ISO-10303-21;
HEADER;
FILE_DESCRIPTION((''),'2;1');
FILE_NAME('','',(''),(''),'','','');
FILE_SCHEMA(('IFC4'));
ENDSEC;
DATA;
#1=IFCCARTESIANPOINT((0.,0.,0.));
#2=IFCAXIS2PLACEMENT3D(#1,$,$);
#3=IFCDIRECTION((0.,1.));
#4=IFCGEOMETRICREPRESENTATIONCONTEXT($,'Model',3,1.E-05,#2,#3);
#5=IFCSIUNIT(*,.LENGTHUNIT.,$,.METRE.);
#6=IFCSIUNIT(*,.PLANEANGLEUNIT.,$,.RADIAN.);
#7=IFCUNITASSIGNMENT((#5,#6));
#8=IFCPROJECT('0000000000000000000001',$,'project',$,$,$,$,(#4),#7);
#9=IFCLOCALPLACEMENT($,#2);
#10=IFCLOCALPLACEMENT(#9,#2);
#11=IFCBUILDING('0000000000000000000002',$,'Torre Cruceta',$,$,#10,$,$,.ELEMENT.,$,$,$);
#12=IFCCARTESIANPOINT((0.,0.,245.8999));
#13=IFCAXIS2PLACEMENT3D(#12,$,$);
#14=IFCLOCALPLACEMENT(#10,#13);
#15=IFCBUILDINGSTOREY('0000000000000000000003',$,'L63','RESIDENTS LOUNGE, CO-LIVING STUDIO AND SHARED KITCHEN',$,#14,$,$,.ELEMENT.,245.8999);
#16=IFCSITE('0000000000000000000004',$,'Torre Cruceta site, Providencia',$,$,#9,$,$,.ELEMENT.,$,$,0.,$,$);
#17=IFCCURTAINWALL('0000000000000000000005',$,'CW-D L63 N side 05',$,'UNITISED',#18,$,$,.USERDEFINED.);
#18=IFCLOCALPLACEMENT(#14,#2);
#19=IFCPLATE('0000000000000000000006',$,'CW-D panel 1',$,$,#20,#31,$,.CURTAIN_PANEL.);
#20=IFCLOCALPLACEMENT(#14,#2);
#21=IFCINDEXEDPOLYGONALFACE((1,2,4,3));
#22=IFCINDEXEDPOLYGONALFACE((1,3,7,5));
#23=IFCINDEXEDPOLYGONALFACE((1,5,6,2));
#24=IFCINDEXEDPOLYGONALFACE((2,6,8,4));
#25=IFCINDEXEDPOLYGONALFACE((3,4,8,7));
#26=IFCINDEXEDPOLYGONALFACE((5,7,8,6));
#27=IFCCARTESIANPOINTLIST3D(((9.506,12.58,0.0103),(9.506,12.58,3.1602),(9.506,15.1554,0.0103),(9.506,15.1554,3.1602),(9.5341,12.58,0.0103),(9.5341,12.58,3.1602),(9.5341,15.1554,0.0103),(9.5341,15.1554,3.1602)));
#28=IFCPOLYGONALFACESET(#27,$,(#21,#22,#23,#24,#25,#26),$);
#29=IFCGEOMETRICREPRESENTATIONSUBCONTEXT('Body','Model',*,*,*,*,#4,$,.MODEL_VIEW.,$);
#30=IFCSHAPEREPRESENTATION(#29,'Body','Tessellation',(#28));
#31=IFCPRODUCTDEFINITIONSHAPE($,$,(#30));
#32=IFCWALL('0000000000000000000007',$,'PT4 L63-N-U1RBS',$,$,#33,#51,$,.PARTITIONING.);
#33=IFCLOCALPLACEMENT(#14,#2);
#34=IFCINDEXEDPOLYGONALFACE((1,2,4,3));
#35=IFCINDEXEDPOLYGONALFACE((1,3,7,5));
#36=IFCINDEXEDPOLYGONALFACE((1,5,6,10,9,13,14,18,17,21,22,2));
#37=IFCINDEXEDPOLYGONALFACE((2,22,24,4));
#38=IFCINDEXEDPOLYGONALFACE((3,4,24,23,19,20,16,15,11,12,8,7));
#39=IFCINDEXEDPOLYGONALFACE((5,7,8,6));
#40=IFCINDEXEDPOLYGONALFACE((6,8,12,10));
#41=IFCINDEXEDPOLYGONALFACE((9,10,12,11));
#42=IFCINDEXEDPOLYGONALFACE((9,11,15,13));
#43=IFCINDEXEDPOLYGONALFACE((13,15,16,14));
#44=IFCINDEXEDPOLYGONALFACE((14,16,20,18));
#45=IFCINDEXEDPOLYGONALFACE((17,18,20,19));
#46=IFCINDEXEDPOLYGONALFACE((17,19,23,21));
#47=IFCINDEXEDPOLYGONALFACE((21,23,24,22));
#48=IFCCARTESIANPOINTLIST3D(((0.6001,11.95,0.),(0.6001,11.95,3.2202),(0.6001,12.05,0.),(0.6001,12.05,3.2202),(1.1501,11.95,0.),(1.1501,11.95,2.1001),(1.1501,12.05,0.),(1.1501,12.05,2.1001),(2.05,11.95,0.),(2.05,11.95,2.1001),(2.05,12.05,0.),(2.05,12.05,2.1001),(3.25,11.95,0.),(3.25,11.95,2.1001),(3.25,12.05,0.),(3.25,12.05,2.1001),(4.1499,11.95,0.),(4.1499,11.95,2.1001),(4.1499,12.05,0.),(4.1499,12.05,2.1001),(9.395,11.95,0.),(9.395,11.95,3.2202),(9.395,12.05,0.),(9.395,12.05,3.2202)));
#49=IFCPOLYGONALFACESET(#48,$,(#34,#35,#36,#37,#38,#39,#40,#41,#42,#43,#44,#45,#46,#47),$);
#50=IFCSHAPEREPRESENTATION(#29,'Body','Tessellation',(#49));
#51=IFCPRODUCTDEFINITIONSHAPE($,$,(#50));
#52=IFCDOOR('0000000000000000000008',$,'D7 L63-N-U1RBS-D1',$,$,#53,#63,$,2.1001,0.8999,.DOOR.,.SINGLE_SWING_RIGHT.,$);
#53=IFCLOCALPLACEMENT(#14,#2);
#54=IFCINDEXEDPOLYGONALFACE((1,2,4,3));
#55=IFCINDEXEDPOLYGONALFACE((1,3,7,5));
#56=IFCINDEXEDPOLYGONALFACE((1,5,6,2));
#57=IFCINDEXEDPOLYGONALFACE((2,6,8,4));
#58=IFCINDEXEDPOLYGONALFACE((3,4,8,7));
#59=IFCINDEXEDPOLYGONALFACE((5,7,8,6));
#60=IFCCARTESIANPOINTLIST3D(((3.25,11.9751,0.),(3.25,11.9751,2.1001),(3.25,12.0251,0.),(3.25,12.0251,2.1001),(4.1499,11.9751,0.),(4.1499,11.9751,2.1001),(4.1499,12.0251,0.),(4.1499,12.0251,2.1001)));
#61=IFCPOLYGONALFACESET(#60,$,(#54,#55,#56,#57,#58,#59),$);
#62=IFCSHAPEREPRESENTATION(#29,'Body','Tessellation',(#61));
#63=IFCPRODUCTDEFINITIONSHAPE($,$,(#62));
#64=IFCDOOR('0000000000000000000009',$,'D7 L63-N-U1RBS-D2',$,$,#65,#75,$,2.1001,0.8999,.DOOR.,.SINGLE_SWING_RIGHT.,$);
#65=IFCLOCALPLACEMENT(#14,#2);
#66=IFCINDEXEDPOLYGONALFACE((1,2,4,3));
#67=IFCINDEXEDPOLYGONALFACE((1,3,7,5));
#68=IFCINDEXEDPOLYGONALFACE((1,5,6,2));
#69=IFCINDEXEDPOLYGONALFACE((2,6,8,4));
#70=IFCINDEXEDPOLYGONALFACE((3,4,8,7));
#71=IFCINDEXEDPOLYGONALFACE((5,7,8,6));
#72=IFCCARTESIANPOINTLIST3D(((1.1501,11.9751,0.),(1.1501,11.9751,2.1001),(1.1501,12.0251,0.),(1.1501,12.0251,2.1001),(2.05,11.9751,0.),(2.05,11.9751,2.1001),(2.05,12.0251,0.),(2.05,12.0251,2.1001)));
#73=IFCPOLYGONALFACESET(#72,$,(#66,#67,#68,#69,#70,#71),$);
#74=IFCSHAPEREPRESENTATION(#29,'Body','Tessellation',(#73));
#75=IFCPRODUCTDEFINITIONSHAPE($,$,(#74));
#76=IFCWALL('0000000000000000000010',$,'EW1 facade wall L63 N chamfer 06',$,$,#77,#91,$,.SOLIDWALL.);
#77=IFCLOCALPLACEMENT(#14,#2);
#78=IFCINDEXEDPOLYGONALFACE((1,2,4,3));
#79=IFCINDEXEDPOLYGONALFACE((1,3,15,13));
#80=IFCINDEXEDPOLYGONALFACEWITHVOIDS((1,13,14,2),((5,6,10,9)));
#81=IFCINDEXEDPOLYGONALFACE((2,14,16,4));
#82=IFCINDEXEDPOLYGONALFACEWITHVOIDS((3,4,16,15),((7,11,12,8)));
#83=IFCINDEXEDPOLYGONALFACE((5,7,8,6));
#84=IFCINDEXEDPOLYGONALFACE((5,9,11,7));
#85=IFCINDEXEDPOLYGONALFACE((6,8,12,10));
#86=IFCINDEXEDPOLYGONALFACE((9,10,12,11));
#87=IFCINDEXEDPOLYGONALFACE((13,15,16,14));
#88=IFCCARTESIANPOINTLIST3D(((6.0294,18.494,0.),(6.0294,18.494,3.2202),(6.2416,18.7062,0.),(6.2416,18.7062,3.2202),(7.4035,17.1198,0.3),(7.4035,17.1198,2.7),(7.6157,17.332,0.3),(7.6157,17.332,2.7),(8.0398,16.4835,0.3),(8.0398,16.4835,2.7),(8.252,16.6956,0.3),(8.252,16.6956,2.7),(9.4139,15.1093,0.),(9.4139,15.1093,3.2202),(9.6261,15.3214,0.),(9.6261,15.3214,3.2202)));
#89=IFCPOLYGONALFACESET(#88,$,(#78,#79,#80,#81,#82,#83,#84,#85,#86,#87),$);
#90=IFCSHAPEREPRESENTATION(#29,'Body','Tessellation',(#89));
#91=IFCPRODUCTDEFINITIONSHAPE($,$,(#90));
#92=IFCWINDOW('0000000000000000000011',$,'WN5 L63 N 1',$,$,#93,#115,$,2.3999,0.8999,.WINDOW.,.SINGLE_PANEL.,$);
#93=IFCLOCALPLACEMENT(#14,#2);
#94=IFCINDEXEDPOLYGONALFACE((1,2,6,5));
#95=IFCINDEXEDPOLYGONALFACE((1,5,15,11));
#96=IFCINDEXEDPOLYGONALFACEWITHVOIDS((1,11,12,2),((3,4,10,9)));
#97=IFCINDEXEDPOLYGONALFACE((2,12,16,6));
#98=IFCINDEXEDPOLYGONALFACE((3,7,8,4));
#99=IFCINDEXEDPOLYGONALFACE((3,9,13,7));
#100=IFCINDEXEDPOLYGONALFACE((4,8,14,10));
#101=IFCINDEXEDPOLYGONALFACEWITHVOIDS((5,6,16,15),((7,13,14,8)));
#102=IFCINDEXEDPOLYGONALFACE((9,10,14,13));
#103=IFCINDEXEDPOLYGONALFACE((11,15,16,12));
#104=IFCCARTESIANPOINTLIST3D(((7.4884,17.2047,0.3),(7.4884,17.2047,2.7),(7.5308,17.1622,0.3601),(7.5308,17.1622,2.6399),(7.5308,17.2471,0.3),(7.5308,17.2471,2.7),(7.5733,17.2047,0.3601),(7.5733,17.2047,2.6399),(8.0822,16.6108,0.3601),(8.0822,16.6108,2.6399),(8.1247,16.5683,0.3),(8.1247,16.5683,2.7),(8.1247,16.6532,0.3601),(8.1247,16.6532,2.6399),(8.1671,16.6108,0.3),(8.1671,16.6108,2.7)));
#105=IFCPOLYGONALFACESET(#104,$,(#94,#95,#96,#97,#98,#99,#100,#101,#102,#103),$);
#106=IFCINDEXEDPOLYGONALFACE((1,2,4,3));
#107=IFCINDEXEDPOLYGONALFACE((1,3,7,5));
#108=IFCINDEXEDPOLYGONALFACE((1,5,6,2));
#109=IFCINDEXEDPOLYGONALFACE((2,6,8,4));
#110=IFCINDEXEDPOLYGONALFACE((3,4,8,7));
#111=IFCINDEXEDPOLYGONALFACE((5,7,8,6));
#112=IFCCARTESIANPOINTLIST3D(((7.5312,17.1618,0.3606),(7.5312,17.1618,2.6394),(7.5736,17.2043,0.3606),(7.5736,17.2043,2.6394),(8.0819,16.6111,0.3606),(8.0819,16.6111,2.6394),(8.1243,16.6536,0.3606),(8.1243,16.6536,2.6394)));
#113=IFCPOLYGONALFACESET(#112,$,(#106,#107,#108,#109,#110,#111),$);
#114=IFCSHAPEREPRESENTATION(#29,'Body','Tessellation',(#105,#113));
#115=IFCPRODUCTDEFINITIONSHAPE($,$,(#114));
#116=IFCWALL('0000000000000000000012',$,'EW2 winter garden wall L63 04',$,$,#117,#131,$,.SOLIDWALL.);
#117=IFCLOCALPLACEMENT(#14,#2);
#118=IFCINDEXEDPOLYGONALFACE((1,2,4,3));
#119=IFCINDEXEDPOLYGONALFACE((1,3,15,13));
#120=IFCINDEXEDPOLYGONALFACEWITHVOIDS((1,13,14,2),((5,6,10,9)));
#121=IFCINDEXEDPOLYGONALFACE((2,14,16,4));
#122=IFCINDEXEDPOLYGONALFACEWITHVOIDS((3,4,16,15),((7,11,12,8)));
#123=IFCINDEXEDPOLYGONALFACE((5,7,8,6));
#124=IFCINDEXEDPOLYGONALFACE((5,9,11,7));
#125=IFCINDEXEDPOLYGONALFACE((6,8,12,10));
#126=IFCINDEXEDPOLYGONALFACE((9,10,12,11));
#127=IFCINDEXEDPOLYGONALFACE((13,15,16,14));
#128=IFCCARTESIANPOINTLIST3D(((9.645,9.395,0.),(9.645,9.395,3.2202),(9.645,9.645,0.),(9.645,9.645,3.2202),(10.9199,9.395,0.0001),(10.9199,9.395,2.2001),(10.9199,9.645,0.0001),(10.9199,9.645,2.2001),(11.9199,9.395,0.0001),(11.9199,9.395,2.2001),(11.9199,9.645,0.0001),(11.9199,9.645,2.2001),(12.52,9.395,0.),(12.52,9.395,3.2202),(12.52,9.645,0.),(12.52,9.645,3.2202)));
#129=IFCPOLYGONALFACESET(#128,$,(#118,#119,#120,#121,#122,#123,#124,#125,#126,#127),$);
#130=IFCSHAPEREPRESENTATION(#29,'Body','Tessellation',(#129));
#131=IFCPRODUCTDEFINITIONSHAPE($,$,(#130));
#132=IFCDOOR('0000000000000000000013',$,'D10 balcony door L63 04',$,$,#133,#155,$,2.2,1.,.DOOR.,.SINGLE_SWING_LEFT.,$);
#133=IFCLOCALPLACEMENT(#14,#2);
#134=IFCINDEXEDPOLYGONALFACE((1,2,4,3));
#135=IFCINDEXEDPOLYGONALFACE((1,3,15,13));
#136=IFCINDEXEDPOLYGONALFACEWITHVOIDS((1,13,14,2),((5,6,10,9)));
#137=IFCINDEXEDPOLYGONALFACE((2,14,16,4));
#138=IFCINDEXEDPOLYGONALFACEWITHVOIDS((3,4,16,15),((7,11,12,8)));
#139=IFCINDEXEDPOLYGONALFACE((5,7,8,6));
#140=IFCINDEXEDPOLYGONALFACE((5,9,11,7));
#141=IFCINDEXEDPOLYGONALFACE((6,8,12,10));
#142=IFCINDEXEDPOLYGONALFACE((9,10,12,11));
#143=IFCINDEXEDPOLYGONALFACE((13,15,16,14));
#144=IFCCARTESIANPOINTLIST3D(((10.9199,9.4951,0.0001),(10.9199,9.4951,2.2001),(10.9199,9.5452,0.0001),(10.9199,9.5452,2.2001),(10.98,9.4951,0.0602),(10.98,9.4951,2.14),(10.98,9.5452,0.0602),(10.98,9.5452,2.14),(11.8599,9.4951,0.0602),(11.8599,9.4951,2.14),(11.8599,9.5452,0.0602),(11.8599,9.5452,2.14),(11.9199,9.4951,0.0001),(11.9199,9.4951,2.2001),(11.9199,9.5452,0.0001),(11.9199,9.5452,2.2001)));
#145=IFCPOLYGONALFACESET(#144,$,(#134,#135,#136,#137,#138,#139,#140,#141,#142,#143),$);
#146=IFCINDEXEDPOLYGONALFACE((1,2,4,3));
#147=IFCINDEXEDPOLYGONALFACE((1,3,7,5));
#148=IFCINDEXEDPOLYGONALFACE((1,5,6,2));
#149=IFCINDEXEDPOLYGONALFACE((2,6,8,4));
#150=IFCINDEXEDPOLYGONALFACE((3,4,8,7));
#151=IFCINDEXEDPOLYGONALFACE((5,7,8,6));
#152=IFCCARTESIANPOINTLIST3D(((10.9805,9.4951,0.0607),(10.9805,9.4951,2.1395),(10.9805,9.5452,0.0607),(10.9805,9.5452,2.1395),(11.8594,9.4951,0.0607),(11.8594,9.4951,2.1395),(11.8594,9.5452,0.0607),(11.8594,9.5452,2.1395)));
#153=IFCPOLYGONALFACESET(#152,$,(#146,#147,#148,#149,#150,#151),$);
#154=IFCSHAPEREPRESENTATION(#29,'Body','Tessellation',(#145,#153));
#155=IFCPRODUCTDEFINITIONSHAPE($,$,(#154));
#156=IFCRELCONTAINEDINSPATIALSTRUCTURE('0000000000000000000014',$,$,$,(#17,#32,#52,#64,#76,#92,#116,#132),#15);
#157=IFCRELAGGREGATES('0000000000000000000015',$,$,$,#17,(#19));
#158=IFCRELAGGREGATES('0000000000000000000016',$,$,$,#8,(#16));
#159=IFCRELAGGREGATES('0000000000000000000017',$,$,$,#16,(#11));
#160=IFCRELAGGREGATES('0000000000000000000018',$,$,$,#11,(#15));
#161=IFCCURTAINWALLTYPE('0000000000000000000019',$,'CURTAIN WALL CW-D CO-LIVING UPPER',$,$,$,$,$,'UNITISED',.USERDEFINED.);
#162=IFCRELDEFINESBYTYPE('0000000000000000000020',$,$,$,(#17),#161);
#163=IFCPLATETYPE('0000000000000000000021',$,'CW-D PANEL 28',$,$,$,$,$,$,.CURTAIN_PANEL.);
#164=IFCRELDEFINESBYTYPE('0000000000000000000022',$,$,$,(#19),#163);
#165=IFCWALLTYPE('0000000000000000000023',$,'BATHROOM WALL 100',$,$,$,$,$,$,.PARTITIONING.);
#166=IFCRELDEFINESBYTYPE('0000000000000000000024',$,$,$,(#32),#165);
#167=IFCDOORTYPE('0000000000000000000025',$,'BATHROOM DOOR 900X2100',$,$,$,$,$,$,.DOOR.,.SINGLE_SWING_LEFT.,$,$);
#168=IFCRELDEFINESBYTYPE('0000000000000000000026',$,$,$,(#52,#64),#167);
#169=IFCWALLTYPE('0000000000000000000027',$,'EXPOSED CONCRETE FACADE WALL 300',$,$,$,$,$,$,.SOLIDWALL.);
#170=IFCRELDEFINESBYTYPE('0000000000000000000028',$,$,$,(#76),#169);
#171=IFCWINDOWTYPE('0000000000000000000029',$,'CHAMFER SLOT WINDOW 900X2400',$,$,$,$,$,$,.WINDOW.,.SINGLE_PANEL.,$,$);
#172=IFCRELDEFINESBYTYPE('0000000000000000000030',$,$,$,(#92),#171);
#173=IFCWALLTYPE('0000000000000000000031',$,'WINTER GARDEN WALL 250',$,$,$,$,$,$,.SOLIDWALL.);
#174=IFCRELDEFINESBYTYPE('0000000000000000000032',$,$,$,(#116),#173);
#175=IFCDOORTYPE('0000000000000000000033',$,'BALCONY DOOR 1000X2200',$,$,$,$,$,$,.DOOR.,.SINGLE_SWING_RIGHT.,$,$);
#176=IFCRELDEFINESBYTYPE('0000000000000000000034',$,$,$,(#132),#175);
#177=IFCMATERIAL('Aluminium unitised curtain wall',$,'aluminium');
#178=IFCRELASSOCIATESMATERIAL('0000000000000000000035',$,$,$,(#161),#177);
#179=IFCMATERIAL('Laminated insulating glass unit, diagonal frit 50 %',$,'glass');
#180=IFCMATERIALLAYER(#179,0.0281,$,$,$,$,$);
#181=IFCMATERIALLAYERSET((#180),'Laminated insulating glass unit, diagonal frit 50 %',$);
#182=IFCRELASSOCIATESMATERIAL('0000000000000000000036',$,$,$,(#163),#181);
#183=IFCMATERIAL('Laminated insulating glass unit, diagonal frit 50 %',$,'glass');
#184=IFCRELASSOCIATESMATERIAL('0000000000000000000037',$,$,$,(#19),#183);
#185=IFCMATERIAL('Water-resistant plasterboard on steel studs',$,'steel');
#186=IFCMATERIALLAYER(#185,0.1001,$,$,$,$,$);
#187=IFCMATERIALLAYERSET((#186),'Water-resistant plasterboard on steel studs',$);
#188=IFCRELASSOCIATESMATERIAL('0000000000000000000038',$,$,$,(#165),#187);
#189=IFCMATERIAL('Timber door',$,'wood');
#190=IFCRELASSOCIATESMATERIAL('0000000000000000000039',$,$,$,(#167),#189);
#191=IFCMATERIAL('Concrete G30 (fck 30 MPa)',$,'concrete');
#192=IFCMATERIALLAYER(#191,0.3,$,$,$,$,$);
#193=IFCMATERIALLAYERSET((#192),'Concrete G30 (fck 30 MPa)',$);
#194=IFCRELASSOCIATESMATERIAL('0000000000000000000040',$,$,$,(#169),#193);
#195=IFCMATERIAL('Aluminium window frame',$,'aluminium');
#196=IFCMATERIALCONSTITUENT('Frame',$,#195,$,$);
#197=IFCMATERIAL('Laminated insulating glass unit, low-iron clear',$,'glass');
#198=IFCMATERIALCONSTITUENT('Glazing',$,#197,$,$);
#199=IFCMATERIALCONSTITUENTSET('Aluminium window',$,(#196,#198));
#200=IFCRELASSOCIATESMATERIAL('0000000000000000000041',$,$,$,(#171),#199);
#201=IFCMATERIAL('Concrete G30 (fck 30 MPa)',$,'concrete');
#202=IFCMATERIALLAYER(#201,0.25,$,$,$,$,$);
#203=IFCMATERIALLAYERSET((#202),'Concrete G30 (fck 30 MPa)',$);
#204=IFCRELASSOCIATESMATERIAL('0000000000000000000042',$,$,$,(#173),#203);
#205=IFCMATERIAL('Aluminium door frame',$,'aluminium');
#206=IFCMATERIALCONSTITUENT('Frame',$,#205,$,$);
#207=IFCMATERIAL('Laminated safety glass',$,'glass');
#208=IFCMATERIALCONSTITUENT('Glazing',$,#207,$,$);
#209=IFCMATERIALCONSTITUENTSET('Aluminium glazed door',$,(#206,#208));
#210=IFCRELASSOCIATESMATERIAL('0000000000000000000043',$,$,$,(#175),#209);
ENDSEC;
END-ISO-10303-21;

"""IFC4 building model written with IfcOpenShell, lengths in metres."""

from ifc_helpers import new_model, si_unit, direction, frame, frame_2d, origin, origin_2d, place, context, subcontext, project, spatial, rectangle, hollow_rectangle, extrude, material, layer, layer_set, constituent, constituent_set, type_object, element, fill, aggregate, save


model = new_model("IFC4")

# Units and contexts
model_context = context("Model", 3, precision=1e-05, world=origin(), true_north=direction((0.0, 1.0)))
body_context = subcontext(model_context, "Body", "Model", "MODEL_VIEW")
ifc_project = project(units=[si_unit("LENGTHUNIT", "METRE"), si_unit("PLANEANGLEUNIT", "RADIAN")], contexts=[model_context])

# Site, building, storey
site_placement = place(None, origin())
site = spatial("IfcSite", under=ifc_project, at=site_placement, Name="Torre Cruceta site, Providencia", CompositionType="ELEMENT", RefElevation=0.0)
building_placement = place(site_placement, origin())
building = spatial("IfcBuilding", under=site, at=building_placement, Name="Torre Cruceta", CompositionType="ELEMENT")
storey_placement = place(building_placement, frame((0.0, 0.0, 245.8999)))
storey = spatial("IfcBuildingStorey", under=building, at=storey_placement, Name="L63", Description="RESIDENTS LOUNGE, CO-LIVING STUDIO AND SHARED KITCHEN", CompositionType="ELEMENT", Elevation=245.8999)

# Curtain wall
ifc_material_1 = material(Name="Aluminium unitised curtain wall", Category="aluminium")
curtain_wall_type = type_object("IfcCurtainWallType", Name="CURTAIN WALL CW-D CO-LIVING UPPER", ElementType="UNITISED", PredefinedType="USERDEFINED", material=ifc_material_1)
curtain_wall_1_placement = place(storey_placement, origin())
curtain_wall_1 = element("IfcCurtainWall", 1, at=curtain_wall_1_placement, inside=storey, type_object=curtain_wall_type, Name="CW-D L63 N side 05", ObjectType="UNITISED", PredefinedType="USERDEFINED")

# Plate
ifc_material_2 = material(Name="Laminated insulating glass unit, diagonal frit 50 %", Category="glass")
ifc_material_3 = material(Name="Laminated insulating glass unit, diagonal frit 50 %", Category="glass")
ifc_layer_1 = layer(ifc_material_3, 0.0281)
ifc_layer_set_1 = layer_set([ifc_layer_1], Name="Laminated insulating glass unit, diagonal frit 50 %")
plate_type = type_object("IfcPlateType", Name="CW-D PANEL 28", PredefinedType="CURTAIN_PANEL", material=ifc_layer_set_1)
plate_1_placement = place(storey_placement, frame((9.52, 13.8677, 0.0103), z_axis=(0.0, 0.0, 1.0), x_axis=(0.0, 1.0, 0.0)))
plate_1 = element("IfcPlate", 2, at=plate_1_placement, type_object=plate_type, material=ifc_material_2, Name="CW-D panel 1", PredefinedType="CURTAIN_PANEL", context=body_context, shape_type="SweptSolid", body=[
    extrude(rectangle(XDim=2.5754, YDim=0.0281, at=origin_2d()), origin(), (0.0, 0.0, 1.0), 3.1499),
])
aggregate(curtain_wall_1, [plate_1])

# Wall, openings, doors
ifc_material_4 = material(Name="Water-resistant plasterboard on steel studs", Category="steel")
ifc_layer_2 = layer(ifc_material_4, 0.1001)
ifc_layer_set_2 = layer_set([ifc_layer_2], Name="Water-resistant plasterboard on steel studs")
wall_type_1 = type_object("IfcWallType", Name="BATHROOM WALL 100", PredefinedType="PARTITIONING", material=ifc_layer_set_2)
wall_1_placement = place(storey_placement, frame((9.395, 12.0, 0.0), z_axis=(0.0, 0.0, 1.0), x_axis=(-1.0, 0.0, 0.0)))
wall_1 = element("IfcWall", 3, at=wall_1_placement, inside=storey, type_object=wall_type_1, Name="PT4 L63-N-U1RBS", PredefinedType="PARTITIONING", context=body_context, shape_type="SweptSolid", body=[
    extrude(rectangle(XDim=8.7949, YDim=0.1001, at=frame_2d((4.3975, 0.0))), origin(), (0.0, 0.0, 1.0), 3.2202),
])
opening_1_placement = place(wall_1_placement, frame((5.2451, 0.0, 0.0)))
opening_1 = element("IfcOpeningElement", 4, at=opening_1_placement, cuts=wall_1, PredefinedType="OPENING", context=body_context, shape_type="SweptSolid", body=[
    extrude(rectangle(XDim=0.8999, YDim=2.1001, at=frame_2d((0.45, 1.05))), frame((0.0, 0.0601, 0.0), z_axis=(0.0, -1.0, 0.0), x_axis=(1.0, 0.0, 0.0)), (0.0, 0.0, 1.0), 0.1201),
])
opening_2_placement = place(wall_1_placement, frame((7.345, 0.0, 0.0)))
opening_2 = element("IfcOpeningElement", 5, at=opening_2_placement, cuts=wall_1, PredefinedType="OPENING", context=body_context, shape_type="SweptSolid", body=[
    extrude(rectangle(XDim=0.8999, YDim=2.1001, at=frame_2d((0.45, 1.05))), frame((0.0, 0.0601, 0.0), z_axis=(0.0, -1.0, 0.0), x_axis=(1.0, 0.0, 0.0)), (0.0, 0.0, 1.0), 0.1201),
])
ifc_material_5 = material(Name="Timber door", Category="wood")
door_type_1 = type_object("IfcDoorType", Name="BATHROOM DOOR 900X2100", OperationType="SINGLE_SWING_LEFT", PredefinedType="DOOR", material=ifc_material_5)
door_1_placement = place(opening_1_placement, origin())
door_1 = element("IfcDoor", 6, at=door_1_placement, inside=storey, type_object=door_type_1, Name="D7 L63-N-U1RBS-D1", OperationType="SINGLE_SWING_RIGHT", OverallHeight=2.1001, OverallWidth=0.8999, PredefinedType="DOOR", context=body_context, shape_type="SweptSolid", body=[
    extrude(rectangle(XDim=0.8999, YDim=2.1001, at=frame_2d((0.45, 1.05))), frame((0.0, 0.0249, 0.0), z_axis=(0.0, -1.0, 0.0), x_axis=(1.0, 0.0, 0.0)), (0.0, 0.0, 1.0), 0.05),
])
fill(opening_1, door_1)
door_2_placement = place(opening_2_placement, origin())
door_2 = element("IfcDoor", 7, at=door_2_placement, inside=storey, type_object=door_type_1, Name="D7 L63-N-U1RBS-D2", OperationType="SINGLE_SWING_RIGHT", OverallHeight=2.1001, OverallWidth=0.8999, PredefinedType="DOOR", context=body_context, shape_type="SweptSolid", body=[
    extrude(rectangle(XDim=0.8999, YDim=2.1001, at=frame_2d((0.45, 1.05))), frame((0.0, 0.0249, 0.0), z_axis=(0.0, -1.0, 0.0), x_axis=(1.0, 0.0, 0.0)), (0.0, 0.0, 1.0), 0.05),
])
fill(opening_2, door_2)

# Wall, opening, window
ifc_material_6 = material(Name="Concrete G30 (fck 30 MPa)", Category="concrete")
ifc_layer_3 = layer(ifc_material_6, 0.3)
ifc_layer_set_3 = layer_set([ifc_layer_3], Name="Concrete G30 (fck 30 MPa)")
wall_type_2 = type_object("IfcWallType", Name="EXPOSED CONCRETE FACADE WALL 300", PredefinedType="SOLIDWALL", material=ifc_layer_set_3)
wall_2_placement = place(storey_placement, frame((9.52, 15.2153, 0.0), z_axis=(0.0, 0.0, 1.0), x_axis=(-0.707081, 0.707132, 0.0)))
wall_2 = element("IfcWall", 8, at=wall_2_placement, inside=storey, type_object=wall_type_2, Name="EW1 facade wall L63 N chamfer 06", PredefinedType="SOLIDWALL", context=body_context, shape_type="SweptSolid", body=[
    extrude(rectangle(XDim=4.7866, YDim=0.3, at=frame_2d((2.3933, 0.0))), origin(), (0.0, 0.0, 1.0), 3.2202),
])
opening_3_placement = place(wall_2_placement, frame((1.9434, 0.0, 0.3)))
opening_3 = element("IfcOpeningElement", 9, at=opening_3_placement, cuts=wall_2, PredefinedType="OPENING", context=body_context, shape_type="SweptSolid", body=[
    extrude(rectangle(XDim=0.8999, YDim=2.3999, at=frame_2d((0.45, 1.2))), frame((0.0, 0.1599, 0.0), z_axis=(0.0, -1.0, 0.0), x_axis=(1.0, 0.0, 0.0)), (0.0, 0.0, 1.0), 0.3201),
])
ifc_material_7 = material(Name="Aluminium window frame", Category="aluminium")
ifc_constituent_1 = constituent(ifc_material_7, Name="Frame")
ifc_material_8 = material(Name="Laminated insulating glass unit, low-iron clear", Category="glass")
ifc_constituent_2 = constituent(ifc_material_8, Name="Glazing")
ifc_constituent_set_1 = constituent_set(constituents=[ifc_constituent_1, ifc_constituent_2], Name="Aluminium window")
window_type = type_object("IfcWindowType", Name="CHAMFER SLOT WINDOW 900X2400", PartitioningType="SINGLE_PANEL", PredefinedType="WINDOW", material=ifc_constituent_set_1)
window_placement = place(opening_3_placement, origin())
window = element("IfcWindow", 10, at=window_placement, inside=storey, type_object=window_type, Name="WN5 L63 N 1", OverallHeight=2.3999, OverallWidth=0.8999, PartitioningType="SINGLE_PANEL", PredefinedType="WINDOW", context=body_context, shape_type="SweptSolid", body=[
    extrude(hollow_rectangle(XDim=0.8999, YDim=2.3999, WallThickness=0.0601, at=frame_2d((0.45, 1.2))), frame((0.0, 0.03, 0.0), z_axis=(0.0, -1.0, 0.0), x_axis=(1.0, 0.0, 0.0)), (0.0, 0.0, 1.0), 0.0601),
    extrude(rectangle(XDim=0.7788, YDim=2.2788, at=frame_2d((0.45, 1.2))), frame((0.0, 0.03, 0.0), z_axis=(0.0, -1.0, 0.0), x_axis=(1.0, 0.0, 0.0)), (0.0, 0.0, 1.0), 0.0601),
])
fill(opening_3, window)

# Wall, opening, door
ifc_material_9 = material(Name="Concrete G30 (fck 30 MPa)", Category="concrete")
ifc_layer_4 = layer(ifc_material_9, 0.25)
ifc_layer_set_4 = layer_set([ifc_layer_4], Name="Concrete G30 (fck 30 MPa)")
wall_type_3 = type_object("IfcWallType", Name="WINTER GARDEN WALL 250", PredefinedType="SOLIDWALL", material=ifc_layer_set_4)
wall_3_placement = place(storey_placement, frame((12.52, 9.52, 0.0), z_axis=(0.0, 0.0, 1.0), x_axis=(-1.0, 0.0, 0.0)))
wall_3 = element("IfcWall", 11, at=wall_3_placement, inside=storey, type_object=wall_type_3, Name="EW2 winter garden wall L63 04", PredefinedType="SOLIDWALL", context=body_context, shape_type="SweptSolid", body=[
    extrude(rectangle(XDim=2.875, YDim=0.25, at=frame_2d((1.4375, 0.0))), origin(), (0.0, 0.0, 1.0), 3.2202),
])
opening_4_placement = place(wall_3_placement, frame((0.6001, 0.0, 0.0)))
opening_4 = element("IfcOpeningElement", 12, at=opening_4_placement, cuts=wall_3, PredefinedType="OPENING", context=body_context, shape_type="SweptSolid", body=[
    extrude(rectangle(XDim=1.0, YDim=2.2, at=frame_2d((0.5, 1.1001))), frame((0.0, 0.135, 0.0), z_axis=(0.0, -1.0, 0.0), x_axis=(1.0, 0.0, 0.0)), (0.0, 0.0, 1.0), 0.27),
])
ifc_material_10 = material(Name="Aluminium door frame", Category="aluminium")
ifc_constituent_3 = constituent(ifc_material_10, Name="Frame")
ifc_material_11 = material(Name="Laminated safety glass", Category="glass")
ifc_constituent_4 = constituent(ifc_material_11, Name="Glazing")
ifc_constituent_set_2 = constituent_set(constituents=[ifc_constituent_3, ifc_constituent_4], Name="Aluminium glazed door")
door_type_2 = type_object("IfcDoorType", Name="BALCONY DOOR 1000X2200", OperationType="SINGLE_SWING_RIGHT", PredefinedType="DOOR", material=ifc_constituent_set_2)
door_3_placement = place(opening_4_placement, origin())
door_3 = element("IfcDoor", 13, at=door_3_placement, inside=storey, type_object=door_type_2, Name="D10 balcony door L63 04", OperationType="SINGLE_SWING_LEFT", OverallHeight=2.2, OverallWidth=1.0, PredefinedType="DOOR", context=body_context, shape_type="SweptSolid", body=[
    extrude(hollow_rectangle(XDim=1.0, YDim=2.2, WallThickness=0.0601, at=frame_2d((0.5, 1.1001))), frame((0.0, 0.0249, 0.0), z_axis=(0.0, -1.0, 0.0), x_axis=(1.0, 0.0, 0.0)), (0.0, 0.0, 1.0), 0.05),
    extrude(rectangle(XDim=0.8789, YDim=2.0789, at=frame_2d((0.5, 1.1001))), frame((0.0, 0.0249, 0.0), z_axis=(0.0, -1.0, 0.0), x_axis=(1.0, 0.0, 0.0)), (0.0, 0.0, 1.0), 0.05),
])
fill(opening_4, door_3)

save(model, "model.ifc")
